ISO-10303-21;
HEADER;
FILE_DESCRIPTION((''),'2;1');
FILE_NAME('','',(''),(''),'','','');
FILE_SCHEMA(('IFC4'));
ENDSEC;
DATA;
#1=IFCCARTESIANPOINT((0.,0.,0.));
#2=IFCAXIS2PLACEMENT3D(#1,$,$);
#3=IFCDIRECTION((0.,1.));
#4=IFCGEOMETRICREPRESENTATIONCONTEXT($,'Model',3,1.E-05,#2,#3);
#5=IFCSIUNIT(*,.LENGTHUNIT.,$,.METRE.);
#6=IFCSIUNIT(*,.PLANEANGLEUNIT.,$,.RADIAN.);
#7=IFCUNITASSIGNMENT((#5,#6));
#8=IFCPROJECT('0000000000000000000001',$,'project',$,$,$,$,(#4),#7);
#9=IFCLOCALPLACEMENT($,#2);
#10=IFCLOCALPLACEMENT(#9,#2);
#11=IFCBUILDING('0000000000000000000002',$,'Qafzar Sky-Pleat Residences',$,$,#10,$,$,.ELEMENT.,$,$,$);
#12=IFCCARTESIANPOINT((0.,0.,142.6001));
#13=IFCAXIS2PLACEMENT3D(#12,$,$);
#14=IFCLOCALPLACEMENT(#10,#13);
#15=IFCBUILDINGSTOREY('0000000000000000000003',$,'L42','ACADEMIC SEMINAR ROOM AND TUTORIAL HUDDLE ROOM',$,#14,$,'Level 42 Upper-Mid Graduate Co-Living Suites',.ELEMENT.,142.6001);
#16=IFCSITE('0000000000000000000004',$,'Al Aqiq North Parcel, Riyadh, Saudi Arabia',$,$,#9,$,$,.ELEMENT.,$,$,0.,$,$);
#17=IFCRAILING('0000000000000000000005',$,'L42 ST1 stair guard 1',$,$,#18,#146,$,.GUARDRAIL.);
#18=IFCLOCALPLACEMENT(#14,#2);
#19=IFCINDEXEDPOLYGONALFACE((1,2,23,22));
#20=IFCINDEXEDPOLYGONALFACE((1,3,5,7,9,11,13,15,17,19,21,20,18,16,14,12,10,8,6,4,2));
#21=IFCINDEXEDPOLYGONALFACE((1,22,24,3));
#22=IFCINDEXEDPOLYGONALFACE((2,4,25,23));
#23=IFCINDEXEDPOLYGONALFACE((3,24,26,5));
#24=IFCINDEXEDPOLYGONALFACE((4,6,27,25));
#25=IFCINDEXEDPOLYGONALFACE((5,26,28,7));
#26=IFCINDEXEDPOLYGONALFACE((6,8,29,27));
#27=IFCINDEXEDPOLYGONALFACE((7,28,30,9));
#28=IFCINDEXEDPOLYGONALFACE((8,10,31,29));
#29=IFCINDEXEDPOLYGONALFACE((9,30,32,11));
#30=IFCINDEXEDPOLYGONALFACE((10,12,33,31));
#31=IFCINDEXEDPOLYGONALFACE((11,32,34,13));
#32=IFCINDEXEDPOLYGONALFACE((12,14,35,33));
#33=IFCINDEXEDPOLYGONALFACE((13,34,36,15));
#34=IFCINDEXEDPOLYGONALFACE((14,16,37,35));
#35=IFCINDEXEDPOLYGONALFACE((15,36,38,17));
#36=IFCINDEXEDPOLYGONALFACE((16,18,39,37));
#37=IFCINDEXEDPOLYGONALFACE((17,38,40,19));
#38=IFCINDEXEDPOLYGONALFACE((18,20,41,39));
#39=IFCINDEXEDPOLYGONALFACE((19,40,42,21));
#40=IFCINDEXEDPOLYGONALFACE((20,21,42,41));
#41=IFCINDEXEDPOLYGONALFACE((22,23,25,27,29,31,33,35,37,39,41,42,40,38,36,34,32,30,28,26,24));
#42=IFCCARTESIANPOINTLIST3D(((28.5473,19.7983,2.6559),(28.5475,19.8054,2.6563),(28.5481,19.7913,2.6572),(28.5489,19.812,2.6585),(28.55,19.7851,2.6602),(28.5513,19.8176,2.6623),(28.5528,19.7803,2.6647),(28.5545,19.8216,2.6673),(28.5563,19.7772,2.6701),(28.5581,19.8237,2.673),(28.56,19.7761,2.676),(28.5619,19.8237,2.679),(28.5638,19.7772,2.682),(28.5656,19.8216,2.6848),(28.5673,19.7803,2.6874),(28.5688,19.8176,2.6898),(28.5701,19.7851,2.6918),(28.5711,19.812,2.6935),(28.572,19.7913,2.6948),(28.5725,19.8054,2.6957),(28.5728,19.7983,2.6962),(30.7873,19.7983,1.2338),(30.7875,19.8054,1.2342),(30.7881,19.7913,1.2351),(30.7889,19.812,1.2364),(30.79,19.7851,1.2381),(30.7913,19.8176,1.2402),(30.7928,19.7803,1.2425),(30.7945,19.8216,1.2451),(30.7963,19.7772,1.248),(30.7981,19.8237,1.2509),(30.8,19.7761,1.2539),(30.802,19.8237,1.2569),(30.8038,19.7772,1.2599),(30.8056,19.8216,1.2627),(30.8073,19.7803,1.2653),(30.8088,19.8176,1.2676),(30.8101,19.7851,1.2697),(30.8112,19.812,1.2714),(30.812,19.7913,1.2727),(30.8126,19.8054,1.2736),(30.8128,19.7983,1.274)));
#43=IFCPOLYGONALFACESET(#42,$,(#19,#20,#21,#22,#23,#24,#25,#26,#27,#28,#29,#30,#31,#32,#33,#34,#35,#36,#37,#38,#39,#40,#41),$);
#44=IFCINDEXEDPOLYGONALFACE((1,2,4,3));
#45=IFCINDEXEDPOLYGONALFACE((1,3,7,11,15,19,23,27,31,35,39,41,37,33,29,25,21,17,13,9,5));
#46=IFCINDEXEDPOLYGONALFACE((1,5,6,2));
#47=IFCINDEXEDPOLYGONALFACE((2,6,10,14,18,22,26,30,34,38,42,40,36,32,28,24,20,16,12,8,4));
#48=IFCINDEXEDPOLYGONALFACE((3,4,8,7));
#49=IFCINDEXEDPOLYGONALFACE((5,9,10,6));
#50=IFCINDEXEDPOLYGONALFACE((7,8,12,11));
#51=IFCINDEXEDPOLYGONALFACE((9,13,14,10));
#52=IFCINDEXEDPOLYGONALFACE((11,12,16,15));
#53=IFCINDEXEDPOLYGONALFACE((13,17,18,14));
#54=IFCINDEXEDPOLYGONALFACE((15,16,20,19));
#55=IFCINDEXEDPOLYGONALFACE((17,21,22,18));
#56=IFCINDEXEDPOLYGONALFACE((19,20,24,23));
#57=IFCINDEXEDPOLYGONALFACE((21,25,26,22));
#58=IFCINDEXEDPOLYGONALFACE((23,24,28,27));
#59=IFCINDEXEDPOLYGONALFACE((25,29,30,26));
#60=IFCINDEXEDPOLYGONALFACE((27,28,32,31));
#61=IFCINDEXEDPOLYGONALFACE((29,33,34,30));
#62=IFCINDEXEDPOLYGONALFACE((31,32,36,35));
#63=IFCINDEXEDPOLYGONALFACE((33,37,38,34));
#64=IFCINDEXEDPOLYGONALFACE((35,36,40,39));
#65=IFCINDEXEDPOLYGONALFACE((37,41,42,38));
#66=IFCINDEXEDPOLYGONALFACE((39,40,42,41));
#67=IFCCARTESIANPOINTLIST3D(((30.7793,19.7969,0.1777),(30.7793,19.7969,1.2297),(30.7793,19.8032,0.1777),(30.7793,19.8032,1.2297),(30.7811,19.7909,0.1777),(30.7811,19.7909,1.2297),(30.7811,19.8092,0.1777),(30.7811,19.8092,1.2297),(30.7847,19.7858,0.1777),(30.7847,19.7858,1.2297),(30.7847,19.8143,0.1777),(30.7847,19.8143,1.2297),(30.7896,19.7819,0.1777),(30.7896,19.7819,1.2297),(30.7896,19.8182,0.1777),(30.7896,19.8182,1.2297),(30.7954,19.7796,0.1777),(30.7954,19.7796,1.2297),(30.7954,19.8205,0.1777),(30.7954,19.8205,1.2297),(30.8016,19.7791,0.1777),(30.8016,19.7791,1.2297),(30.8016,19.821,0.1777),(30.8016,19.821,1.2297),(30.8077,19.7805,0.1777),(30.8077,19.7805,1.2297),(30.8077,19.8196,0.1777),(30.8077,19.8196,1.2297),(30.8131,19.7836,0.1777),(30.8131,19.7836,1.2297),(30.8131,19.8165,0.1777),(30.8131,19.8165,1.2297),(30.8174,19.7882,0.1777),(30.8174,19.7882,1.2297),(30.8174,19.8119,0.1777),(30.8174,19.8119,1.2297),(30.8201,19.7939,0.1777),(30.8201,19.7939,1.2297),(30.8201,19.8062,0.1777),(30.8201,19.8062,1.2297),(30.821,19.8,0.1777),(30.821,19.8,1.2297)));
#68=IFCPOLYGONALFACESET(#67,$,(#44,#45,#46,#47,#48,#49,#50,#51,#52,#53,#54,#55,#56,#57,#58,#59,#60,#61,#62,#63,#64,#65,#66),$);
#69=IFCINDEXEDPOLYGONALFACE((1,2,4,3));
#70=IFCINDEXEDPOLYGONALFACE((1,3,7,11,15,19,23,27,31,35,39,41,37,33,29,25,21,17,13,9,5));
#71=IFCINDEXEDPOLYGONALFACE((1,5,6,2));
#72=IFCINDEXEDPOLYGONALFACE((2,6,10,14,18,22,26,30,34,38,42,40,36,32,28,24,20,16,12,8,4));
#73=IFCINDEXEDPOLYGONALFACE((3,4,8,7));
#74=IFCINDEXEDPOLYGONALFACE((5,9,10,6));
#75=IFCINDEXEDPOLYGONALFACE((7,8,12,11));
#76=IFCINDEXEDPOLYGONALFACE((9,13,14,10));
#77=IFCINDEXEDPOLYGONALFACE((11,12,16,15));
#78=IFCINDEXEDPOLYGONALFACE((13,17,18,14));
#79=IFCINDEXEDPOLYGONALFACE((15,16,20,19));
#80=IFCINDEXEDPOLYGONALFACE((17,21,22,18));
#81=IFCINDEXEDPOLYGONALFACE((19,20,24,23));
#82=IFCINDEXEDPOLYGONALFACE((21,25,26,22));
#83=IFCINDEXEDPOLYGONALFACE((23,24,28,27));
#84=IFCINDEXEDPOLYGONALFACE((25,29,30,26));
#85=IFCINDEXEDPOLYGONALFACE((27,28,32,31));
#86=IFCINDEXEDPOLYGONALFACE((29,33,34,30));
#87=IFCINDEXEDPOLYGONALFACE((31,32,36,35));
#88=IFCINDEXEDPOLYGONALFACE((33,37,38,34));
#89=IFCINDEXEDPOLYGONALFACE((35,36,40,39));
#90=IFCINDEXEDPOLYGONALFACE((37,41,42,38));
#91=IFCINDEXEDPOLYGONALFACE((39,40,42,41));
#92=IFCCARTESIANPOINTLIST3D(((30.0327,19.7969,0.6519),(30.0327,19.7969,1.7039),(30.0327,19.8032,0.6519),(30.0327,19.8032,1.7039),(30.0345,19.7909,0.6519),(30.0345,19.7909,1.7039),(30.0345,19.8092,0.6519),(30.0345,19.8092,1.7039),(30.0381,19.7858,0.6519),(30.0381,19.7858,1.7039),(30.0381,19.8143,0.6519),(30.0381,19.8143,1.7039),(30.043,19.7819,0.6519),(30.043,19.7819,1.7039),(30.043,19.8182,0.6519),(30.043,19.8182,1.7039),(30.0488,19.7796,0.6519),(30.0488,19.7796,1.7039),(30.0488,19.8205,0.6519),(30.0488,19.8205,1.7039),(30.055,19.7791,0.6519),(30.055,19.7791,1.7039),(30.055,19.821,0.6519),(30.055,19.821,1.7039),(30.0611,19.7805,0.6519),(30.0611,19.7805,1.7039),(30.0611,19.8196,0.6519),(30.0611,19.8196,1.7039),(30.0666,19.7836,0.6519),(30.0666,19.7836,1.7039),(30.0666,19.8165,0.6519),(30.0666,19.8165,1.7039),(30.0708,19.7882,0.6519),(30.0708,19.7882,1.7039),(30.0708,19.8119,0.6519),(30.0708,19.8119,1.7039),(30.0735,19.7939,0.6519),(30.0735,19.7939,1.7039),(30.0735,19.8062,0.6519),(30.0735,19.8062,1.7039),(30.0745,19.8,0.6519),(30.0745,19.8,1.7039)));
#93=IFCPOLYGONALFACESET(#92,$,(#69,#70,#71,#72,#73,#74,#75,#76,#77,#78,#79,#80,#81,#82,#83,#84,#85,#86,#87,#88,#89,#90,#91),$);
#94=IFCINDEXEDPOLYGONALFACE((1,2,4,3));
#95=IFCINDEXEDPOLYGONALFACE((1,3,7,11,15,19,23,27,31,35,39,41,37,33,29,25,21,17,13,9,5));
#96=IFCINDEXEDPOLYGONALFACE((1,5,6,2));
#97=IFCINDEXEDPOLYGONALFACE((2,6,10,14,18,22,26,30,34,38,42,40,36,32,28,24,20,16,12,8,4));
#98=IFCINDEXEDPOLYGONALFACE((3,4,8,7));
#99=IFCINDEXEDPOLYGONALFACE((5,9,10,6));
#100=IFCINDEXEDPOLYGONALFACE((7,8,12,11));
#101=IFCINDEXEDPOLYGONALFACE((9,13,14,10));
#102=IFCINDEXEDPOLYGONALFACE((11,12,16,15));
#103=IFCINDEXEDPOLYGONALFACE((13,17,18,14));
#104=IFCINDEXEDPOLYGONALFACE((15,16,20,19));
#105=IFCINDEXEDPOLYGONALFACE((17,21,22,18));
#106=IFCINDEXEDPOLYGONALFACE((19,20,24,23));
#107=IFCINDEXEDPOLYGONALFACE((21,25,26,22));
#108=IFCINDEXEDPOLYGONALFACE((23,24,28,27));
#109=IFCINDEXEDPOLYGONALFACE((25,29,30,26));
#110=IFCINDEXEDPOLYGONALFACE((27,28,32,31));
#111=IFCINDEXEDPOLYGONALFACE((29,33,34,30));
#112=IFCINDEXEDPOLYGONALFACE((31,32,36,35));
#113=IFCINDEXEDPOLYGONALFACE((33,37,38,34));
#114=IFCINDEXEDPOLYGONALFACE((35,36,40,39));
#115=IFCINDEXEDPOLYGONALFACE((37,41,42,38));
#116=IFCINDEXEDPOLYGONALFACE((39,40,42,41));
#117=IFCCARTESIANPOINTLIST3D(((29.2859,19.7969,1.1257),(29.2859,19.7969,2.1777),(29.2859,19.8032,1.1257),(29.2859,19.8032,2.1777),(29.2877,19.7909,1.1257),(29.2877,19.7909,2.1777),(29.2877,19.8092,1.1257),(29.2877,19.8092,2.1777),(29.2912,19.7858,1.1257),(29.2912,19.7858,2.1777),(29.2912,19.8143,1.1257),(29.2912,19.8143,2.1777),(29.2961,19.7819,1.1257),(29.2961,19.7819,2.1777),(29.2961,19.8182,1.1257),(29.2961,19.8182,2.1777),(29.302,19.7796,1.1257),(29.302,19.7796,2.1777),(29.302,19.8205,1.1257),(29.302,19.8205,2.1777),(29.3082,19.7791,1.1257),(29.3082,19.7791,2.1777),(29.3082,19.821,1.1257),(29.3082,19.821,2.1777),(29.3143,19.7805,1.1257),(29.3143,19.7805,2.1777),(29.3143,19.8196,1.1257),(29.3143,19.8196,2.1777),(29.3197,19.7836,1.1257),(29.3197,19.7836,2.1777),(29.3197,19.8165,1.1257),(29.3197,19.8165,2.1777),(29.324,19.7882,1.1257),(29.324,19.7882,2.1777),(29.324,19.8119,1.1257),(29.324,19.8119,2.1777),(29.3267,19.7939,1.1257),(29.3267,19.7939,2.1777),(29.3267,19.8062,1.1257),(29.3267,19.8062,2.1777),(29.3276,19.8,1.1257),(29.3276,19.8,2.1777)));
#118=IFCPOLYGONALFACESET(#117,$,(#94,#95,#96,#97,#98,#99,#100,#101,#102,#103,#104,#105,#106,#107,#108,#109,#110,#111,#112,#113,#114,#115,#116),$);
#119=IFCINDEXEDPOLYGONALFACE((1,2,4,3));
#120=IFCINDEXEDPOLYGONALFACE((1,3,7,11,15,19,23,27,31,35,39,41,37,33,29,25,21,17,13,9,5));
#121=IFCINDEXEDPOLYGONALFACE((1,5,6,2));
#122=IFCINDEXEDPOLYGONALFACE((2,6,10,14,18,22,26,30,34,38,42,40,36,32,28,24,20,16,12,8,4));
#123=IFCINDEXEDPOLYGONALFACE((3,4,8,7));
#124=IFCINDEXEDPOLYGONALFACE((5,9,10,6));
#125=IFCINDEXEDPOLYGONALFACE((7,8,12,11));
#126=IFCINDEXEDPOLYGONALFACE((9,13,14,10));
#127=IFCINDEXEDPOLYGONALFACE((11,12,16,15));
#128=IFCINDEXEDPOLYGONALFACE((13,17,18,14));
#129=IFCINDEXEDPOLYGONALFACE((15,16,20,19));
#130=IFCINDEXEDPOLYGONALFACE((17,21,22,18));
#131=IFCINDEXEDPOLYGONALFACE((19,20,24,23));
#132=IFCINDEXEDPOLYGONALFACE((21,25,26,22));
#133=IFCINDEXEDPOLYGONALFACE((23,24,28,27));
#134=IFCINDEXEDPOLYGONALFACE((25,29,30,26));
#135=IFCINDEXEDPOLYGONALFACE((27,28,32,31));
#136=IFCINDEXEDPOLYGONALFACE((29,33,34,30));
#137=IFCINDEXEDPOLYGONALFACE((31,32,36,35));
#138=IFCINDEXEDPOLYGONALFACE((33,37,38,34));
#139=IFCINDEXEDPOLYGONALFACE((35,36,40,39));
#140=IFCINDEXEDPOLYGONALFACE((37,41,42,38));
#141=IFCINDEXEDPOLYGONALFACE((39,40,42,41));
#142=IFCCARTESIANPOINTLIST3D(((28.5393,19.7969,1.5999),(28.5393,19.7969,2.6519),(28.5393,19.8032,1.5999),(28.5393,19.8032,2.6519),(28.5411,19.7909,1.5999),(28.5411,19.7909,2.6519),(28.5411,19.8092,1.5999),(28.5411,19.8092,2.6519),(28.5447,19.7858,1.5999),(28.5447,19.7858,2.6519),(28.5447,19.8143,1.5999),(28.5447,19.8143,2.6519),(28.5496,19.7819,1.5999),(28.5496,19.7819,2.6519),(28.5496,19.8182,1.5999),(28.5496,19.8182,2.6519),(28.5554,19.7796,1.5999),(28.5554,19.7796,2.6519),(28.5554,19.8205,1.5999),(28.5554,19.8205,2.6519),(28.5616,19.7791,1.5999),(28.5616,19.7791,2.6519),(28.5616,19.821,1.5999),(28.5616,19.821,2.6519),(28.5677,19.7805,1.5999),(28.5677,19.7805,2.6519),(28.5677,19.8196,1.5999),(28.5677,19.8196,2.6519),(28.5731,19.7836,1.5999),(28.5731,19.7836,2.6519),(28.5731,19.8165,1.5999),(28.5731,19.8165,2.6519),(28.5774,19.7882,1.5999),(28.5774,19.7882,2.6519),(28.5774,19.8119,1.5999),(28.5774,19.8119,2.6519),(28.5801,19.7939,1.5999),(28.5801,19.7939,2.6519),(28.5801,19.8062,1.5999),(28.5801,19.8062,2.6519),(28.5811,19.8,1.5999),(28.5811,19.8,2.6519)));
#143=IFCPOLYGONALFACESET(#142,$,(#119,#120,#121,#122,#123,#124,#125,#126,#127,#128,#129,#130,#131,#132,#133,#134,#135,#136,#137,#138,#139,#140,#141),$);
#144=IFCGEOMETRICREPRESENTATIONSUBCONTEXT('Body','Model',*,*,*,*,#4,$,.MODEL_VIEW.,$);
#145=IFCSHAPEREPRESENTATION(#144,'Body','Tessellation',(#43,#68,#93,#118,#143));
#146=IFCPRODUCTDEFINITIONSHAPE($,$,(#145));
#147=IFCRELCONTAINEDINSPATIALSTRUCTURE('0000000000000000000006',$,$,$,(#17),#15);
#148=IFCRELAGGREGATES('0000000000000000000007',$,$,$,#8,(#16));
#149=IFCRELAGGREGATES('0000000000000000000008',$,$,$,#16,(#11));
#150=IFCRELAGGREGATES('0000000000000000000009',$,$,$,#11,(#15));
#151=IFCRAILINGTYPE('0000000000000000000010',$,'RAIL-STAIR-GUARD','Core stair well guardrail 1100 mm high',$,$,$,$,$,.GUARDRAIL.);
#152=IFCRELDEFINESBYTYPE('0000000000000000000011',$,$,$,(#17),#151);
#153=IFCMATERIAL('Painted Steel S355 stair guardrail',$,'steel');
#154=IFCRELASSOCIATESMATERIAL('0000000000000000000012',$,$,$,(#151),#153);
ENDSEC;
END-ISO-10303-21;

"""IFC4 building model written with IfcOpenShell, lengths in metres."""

from ifc_helpers import new_model, si_unit, direction, frame, origin, origin_2d, place, context, subcontext, project, spatial, circle, extrude, source, transform, mapped, material, type_object, element, save


model = new_model("IFC4")

# Units and contexts
model_context = context("Model", 3, precision=1e-05, world=origin(), true_north=direction((0.0, 1.0)))
body_context = subcontext(model_context, "Body", "Model", "MODEL_VIEW")
ifc_project = project(units=[si_unit("LENGTHUNIT", "METRE"), si_unit("PLANEANGLEUNIT", "RADIAN")], contexts=[model_context])

# Site, building, storey
site_placement = place(None, origin())
site = spatial("IfcSite", under=ifc_project, at=site_placement, Name="Al Aqiq North Parcel, Riyadh, Saudi Arabia", CompositionType="ELEMENT", RefElevation=0.0)
building_placement = place(site_placement, origin())
building = spatial("IfcBuilding", under=site, at=building_placement, Name="Qafzar Sky-Pleat Residences", CompositionType="ELEMENT")
storey_placement = place(building_placement, frame((0.0, 0.0, 142.6001)))
storey = spatial("IfcBuildingStorey", under=building, at=storey_placement, Name="L42", Description="ACADEMIC SEMINAR ROOM AND TUTORIAL HUDDLE ROOM", LongName="Level 42 Upper-Mid Graduate Co-Living Suites", CompositionType="ELEMENT", Elevation=142.6001)

# Railing
ifc_material_1 = material(Name="Painted Steel S355 stair guardrail", Category="steel")
railing_type_1 = type_object("IfcRailingType", Name="RAIL-STAIR-GUARD", Description="Core stair well guardrail 1100 mm high", PredefinedType="GUARDRAIL", material=ifc_material_1)
shared_shape_1 = source(origin(), body_context, "Body", "SweptSolid", [
    extrude(circle(Radius=0.0239, at=origin_2d()), frame((0.0, 0.0, 1.0762), z_axis=(-0.844229, 0.0, 0.535982), x_axis=(0.0, -1.0, 0.0)), (0.0, 0.0, 1.0), 2.6533),
    extrude(circle(Radius=0.021, at=origin_2d()), origin(), (0.0, 0.0, 1.0), 1.052),
    extrude(circle(Radius=0.021, at=origin_2d()), frame((-0.7466, 0.0, 0.4741)), (0.0, 0.0, 1.0), 1.052),
    extrude(circle(Radius=0.021, at=origin_2d()), frame((-1.4934, 0.0, 0.948)), (0.0, 0.0, 1.0), 1.052),
    extrude(circle(Radius=0.021, at=origin_2d()), frame((-2.24, 0.0, 1.4221)), (0.0, 0.0, 1.0), 1.052),
])
railing_1_placement = place(storey_placement, frame((30.8, 19.8, 0.1777)))
element("IfcRailing", 1, at=railing_1_placement, inside=storey, type_object=railing_type_1, Name="L42 ST1 stair guard 1", PredefinedType="GUARDRAIL", context=body_context, shape_type="MappedRepresentation", body=[
    mapped(shared_shape_1, transform((0.0, 0.0, 0.0), x_axis=(1.0, 0.0, 0.0), y_axis=(0.0, 1.0, 0.0), z_axis=(0.0, 0.0, 1.0), scale=1.0)),
])

save(model, "model.ifc")
